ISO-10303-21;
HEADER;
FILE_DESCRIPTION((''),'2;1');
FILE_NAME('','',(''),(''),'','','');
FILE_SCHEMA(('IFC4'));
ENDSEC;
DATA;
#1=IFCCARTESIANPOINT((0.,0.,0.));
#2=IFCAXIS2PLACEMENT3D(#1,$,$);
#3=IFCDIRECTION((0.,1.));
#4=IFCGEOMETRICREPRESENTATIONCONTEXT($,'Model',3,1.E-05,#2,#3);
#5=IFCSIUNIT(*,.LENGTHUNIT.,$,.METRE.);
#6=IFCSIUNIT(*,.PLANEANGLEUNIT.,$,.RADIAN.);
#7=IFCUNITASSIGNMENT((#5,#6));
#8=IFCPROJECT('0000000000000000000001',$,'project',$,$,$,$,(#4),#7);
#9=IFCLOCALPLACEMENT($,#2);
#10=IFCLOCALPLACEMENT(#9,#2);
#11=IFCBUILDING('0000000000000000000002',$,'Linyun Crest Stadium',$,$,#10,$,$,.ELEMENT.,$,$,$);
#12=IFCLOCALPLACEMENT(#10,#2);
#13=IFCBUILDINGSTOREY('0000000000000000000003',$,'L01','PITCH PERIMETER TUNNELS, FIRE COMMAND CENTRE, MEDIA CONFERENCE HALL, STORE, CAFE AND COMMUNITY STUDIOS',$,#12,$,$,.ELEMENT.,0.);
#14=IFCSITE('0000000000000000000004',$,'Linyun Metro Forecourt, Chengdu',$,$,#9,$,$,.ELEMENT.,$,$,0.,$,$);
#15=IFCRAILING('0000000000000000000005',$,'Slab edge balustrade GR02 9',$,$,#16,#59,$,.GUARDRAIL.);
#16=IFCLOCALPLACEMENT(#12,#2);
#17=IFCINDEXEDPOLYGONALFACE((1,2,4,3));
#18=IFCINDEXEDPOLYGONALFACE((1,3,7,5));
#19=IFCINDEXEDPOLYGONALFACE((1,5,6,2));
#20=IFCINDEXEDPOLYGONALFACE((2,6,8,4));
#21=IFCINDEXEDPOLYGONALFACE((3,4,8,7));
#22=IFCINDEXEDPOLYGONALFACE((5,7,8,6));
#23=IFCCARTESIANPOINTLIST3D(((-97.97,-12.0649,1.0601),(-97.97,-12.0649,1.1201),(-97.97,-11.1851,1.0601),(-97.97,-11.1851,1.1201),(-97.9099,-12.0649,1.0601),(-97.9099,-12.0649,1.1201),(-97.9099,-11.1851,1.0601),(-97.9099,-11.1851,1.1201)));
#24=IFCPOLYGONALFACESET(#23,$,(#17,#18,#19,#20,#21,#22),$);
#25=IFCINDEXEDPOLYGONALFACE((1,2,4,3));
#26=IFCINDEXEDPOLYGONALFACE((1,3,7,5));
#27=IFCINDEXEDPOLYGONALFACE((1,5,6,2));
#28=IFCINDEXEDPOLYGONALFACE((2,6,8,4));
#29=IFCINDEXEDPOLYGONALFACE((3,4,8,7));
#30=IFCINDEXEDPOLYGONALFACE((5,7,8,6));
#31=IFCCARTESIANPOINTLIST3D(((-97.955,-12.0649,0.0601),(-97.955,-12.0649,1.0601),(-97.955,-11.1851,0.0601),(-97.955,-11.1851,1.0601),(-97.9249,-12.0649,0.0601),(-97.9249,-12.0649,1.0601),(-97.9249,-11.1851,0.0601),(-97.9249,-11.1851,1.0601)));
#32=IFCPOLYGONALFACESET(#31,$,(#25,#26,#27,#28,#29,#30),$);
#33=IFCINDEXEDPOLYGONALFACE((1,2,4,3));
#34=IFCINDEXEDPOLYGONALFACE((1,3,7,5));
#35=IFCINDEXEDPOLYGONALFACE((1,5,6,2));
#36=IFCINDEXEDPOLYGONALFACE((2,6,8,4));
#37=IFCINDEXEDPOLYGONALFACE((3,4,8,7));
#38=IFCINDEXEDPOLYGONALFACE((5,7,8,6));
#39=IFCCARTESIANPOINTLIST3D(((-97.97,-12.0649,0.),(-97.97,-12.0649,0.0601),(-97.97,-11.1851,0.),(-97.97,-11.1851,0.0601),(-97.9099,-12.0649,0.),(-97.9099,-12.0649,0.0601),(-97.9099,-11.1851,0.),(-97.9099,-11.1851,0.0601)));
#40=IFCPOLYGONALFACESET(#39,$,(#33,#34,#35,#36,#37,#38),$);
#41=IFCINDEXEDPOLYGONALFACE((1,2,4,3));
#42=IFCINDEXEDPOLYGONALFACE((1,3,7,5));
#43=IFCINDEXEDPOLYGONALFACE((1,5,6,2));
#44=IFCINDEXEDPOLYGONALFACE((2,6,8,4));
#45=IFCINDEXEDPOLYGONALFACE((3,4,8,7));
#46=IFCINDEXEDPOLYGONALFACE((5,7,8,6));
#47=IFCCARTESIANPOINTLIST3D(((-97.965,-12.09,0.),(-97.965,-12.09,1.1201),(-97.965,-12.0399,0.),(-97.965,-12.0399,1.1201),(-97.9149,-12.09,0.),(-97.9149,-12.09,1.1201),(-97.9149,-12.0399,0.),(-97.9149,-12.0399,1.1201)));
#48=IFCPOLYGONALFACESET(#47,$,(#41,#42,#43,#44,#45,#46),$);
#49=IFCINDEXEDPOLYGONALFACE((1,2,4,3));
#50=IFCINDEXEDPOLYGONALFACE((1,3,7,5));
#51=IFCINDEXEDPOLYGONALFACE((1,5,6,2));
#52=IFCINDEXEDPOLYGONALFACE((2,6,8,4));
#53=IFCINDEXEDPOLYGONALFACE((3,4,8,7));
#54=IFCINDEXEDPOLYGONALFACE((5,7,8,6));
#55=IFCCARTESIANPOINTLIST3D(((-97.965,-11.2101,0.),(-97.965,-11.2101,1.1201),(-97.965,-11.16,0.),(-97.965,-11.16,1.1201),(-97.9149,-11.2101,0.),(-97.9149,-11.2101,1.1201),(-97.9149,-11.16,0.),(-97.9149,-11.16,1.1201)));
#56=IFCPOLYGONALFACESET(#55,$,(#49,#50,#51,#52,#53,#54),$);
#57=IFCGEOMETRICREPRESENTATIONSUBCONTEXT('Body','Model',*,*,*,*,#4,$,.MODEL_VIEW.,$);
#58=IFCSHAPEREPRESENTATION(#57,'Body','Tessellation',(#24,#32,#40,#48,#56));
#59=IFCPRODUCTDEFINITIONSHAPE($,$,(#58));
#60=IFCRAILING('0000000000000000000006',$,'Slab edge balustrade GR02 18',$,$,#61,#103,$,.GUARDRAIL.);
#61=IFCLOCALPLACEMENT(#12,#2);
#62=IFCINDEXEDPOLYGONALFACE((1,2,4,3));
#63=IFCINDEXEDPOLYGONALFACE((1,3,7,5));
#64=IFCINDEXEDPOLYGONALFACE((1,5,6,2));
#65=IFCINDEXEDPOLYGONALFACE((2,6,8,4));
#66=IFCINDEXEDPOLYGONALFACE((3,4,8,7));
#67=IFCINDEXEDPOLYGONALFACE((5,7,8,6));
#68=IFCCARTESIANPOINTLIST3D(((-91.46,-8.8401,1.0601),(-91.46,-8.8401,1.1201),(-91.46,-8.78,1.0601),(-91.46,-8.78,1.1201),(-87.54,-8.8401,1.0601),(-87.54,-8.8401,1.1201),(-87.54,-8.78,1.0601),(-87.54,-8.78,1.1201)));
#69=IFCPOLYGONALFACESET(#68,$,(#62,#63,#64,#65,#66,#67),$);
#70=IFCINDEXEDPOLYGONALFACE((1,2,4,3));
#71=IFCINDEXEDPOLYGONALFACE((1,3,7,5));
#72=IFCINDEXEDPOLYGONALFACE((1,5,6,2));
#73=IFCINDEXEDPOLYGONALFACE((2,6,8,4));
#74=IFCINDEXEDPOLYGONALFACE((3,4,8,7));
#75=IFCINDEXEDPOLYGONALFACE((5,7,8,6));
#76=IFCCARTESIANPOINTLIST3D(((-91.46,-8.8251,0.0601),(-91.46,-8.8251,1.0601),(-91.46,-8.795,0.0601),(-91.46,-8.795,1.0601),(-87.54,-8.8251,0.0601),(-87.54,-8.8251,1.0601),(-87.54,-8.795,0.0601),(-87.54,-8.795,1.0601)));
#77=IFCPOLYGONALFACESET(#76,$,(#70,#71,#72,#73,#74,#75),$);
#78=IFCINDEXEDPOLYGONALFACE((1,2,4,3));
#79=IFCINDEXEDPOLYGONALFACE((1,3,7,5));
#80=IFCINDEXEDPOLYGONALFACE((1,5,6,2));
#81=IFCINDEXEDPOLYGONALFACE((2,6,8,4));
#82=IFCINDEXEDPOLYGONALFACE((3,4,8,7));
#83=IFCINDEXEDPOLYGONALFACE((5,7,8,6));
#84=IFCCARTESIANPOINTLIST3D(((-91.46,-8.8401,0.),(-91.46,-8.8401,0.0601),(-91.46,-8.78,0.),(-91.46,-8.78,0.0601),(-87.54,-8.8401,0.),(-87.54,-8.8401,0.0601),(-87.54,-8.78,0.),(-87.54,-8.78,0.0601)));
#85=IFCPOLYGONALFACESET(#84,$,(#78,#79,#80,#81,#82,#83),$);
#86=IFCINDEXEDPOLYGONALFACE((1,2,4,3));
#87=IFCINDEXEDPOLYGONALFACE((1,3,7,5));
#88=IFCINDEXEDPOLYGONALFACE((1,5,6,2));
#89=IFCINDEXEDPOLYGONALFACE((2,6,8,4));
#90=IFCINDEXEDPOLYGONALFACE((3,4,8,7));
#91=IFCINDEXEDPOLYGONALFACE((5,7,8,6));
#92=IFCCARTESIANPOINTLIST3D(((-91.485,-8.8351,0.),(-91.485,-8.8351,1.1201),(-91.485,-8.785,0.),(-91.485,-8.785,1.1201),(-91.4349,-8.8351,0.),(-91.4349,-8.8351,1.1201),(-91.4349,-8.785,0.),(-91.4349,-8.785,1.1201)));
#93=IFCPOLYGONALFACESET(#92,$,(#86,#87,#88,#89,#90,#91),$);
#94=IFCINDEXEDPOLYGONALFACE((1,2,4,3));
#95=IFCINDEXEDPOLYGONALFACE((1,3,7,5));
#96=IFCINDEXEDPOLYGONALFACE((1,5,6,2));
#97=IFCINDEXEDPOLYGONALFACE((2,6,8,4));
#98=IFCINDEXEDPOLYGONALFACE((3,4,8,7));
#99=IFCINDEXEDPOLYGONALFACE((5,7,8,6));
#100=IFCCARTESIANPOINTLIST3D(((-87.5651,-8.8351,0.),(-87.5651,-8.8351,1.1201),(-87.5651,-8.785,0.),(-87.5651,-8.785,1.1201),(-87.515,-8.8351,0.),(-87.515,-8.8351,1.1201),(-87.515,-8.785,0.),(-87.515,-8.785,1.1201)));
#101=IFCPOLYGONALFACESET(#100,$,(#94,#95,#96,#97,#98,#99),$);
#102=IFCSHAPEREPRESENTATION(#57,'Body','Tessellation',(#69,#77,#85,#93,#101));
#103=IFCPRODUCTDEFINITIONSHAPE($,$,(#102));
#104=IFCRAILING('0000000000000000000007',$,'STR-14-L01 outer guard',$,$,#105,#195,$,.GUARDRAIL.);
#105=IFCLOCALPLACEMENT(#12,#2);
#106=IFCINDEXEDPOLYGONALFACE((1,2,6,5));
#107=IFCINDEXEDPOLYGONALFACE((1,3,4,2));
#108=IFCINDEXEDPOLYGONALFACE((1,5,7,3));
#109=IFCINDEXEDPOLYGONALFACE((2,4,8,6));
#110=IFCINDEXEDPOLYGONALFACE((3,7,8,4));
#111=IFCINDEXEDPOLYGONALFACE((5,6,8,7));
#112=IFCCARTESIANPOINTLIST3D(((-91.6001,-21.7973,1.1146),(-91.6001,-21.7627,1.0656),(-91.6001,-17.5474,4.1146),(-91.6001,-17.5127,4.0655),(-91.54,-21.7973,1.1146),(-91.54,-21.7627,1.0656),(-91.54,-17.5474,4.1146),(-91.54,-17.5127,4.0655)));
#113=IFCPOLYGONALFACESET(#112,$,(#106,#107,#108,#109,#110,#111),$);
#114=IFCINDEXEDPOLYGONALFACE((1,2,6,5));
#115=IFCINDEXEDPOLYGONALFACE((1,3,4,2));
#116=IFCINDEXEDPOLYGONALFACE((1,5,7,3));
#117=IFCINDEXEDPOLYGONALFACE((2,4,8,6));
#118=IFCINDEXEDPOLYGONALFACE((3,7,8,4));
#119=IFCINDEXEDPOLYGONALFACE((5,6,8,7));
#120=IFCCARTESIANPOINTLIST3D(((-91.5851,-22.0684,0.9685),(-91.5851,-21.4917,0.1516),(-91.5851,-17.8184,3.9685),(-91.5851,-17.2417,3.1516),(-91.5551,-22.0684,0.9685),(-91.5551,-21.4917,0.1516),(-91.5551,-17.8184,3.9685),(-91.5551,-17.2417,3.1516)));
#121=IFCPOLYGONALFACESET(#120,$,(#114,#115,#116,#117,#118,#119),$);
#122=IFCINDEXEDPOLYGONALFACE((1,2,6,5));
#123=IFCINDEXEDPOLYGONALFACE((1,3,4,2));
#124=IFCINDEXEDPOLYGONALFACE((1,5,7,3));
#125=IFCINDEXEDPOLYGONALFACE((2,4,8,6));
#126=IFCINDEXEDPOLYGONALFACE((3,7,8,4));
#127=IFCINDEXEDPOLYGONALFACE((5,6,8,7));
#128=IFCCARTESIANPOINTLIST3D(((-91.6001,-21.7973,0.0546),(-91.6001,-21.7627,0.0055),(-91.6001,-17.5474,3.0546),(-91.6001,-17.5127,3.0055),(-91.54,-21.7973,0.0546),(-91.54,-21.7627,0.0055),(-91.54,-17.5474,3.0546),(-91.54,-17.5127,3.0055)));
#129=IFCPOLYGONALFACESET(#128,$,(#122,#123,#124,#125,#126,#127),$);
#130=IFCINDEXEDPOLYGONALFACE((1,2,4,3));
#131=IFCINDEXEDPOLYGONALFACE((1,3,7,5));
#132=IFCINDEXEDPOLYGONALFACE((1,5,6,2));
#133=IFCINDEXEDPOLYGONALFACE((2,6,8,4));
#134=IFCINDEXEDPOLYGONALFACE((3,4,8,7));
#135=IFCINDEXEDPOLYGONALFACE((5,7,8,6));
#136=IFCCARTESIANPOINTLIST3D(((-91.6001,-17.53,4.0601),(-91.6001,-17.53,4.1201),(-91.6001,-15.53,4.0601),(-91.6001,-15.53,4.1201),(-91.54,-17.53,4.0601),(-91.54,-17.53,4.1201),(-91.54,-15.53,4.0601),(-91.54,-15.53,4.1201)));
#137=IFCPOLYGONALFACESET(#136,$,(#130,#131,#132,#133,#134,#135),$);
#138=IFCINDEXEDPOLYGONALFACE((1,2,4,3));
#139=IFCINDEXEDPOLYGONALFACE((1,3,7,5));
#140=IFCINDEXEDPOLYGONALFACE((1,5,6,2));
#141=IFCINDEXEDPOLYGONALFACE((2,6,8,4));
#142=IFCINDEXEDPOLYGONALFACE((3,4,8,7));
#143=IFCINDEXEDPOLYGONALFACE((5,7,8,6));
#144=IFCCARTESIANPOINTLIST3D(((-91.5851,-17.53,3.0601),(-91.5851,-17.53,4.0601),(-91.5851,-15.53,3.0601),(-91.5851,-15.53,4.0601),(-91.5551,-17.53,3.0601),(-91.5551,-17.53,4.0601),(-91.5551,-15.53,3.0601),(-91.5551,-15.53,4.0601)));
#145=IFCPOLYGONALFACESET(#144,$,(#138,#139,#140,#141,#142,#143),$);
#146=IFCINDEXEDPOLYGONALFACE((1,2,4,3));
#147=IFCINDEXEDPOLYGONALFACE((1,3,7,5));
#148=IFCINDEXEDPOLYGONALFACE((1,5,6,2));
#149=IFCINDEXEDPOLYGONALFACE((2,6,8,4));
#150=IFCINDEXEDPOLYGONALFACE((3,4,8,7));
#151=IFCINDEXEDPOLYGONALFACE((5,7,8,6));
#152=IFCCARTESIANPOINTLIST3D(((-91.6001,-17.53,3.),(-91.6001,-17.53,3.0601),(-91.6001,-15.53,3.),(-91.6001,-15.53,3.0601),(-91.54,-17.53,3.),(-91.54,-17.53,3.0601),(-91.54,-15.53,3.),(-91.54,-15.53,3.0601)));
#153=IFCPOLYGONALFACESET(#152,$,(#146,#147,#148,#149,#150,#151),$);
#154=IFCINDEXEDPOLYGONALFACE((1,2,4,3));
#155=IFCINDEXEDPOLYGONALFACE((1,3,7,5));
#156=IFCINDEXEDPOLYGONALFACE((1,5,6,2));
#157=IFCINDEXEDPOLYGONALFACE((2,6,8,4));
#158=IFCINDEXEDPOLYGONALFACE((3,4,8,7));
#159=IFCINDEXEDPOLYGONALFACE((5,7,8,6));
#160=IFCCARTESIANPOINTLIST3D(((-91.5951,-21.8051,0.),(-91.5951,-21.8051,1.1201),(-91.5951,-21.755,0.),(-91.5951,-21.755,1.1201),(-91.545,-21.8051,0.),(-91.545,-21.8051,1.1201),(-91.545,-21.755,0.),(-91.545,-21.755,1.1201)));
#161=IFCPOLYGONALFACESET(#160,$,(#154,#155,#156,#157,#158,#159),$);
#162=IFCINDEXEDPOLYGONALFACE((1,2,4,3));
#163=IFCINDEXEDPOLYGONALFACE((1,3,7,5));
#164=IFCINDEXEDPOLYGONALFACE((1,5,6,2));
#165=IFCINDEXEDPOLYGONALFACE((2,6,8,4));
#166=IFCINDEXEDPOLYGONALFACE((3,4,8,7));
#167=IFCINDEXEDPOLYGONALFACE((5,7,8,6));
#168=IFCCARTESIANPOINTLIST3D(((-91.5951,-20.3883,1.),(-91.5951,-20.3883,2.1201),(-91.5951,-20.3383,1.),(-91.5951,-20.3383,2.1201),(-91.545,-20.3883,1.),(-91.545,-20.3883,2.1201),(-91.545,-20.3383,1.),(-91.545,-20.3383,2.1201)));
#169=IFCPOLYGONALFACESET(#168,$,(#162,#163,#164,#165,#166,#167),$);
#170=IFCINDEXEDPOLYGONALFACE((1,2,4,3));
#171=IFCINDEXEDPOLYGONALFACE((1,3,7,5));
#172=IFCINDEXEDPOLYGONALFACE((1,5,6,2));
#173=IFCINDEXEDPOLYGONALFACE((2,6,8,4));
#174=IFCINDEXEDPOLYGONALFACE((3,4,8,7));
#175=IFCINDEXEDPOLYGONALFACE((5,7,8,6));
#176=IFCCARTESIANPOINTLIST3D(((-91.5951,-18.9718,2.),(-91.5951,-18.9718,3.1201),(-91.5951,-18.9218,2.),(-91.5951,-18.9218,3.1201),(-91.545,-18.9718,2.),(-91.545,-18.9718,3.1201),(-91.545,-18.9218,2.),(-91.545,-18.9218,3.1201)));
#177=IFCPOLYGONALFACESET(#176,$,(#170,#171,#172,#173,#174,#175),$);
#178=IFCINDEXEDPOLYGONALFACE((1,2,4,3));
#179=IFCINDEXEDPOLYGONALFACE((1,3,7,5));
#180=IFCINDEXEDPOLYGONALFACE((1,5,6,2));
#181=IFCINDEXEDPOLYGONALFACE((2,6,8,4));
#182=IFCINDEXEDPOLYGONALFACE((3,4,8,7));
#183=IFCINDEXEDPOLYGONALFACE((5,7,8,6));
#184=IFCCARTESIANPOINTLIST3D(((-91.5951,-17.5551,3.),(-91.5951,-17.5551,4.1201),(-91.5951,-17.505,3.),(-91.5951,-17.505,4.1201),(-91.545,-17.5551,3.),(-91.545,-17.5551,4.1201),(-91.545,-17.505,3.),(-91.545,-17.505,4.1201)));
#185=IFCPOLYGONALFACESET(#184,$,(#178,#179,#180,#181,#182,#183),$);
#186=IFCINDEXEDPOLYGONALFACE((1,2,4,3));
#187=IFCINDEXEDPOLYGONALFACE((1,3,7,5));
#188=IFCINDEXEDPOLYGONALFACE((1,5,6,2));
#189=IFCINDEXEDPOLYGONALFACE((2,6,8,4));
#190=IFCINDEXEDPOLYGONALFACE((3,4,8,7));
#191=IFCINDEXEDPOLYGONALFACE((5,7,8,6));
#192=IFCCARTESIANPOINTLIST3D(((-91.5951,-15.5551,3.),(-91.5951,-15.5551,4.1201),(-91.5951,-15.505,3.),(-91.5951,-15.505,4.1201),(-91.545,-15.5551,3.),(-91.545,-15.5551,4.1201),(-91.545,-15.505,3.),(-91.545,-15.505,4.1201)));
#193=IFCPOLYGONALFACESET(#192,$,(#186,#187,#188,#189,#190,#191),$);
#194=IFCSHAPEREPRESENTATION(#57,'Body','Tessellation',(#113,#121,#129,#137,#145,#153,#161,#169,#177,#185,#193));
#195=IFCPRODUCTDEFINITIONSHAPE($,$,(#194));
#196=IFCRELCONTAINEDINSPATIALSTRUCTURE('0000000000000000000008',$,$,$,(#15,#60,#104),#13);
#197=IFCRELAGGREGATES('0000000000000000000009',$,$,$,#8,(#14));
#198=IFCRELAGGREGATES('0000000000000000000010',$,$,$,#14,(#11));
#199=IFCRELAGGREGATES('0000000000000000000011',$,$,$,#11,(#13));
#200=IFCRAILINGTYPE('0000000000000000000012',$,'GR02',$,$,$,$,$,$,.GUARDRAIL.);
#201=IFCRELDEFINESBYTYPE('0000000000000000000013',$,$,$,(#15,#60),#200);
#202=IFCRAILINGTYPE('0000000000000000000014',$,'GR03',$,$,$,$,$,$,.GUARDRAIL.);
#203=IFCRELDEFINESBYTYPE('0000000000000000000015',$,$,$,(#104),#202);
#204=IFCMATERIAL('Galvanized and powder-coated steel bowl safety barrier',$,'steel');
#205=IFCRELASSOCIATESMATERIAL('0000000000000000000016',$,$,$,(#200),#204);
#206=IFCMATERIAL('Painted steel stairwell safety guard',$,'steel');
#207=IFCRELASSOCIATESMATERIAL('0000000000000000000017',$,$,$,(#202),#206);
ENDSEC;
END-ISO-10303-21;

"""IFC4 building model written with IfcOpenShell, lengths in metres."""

from ifc_helpers import new_model, si_unit, direction, frame, origin, origin_2d, place, context, subcontext, project, spatial, rectangle, extrude, material, type_object, element, save


model = new_model("IFC4")

# Units and contexts
model_context = context("Model", 3, precision=1e-05, world=origin(), true_north=direction((0.0, 1.0)))
body_context = subcontext(model_context, "Body", "Model", "MODEL_VIEW")
ifc_project = project(units=[si_unit("LENGTHUNIT", "METRE"), si_unit("PLANEANGLEUNIT", "RADIAN")], contexts=[model_context])

# Site, building, storey
site_placement = place(None, origin())
site = spatial("IfcSite", under=ifc_project, at=site_placement, Name="Linyun Metro Forecourt, Chengdu", CompositionType="ELEMENT", RefElevation=0.0)
building_placement = place(site_placement, origin())
building = spatial("IfcBuilding", under=site, at=building_placement, Name="Linyun Crest Stadium", CompositionType="ELEMENT")
storey_placement = place(building_placement, origin())
storey = spatial("IfcBuildingStorey", under=building, at=storey_placement, Name="L01", Description="PITCH PERIMETER TUNNELS, FIRE COMMAND CENTRE, MEDIA CONFERENCE HALL, STORE, CAFE AND COMMUNITY STUDIOS", CompositionType="ELEMENT", Elevation=0.0)

# Railings
ifc_material_1 = material(Name="Galvanized and powder-coated steel bowl safety barrier", Category="steel")
railing_type_1 = type_object("IfcRailingType", Name="GR02", PredefinedType="GUARDRAIL", material=ifc_material_1)
railing_1_placement = place(storey_placement, frame((-97.9399, -12.0649, 0.0)))
element("IfcRailing", 1, at=railing_1_placement, inside=storey, type_object=railing_type_1, Name="Slab edge balustrade GR02 9", PredefinedType="GUARDRAIL", context=body_context, shape_type="SweptSolid", body=[
    extrude(rectangle(XDim=0.0601, YDim=0.0601, at=origin_2d()), frame((0.0, 0.0, 1.0901), z_axis=(0.0, 1.0, 0.0), x_axis=(-1.0, 0.0, 0.0)), (0.0, 0.0, 1.0), 0.8799),
    extrude(rectangle(XDim=0.03, YDim=1.0, at=origin_2d()), frame((0.0, 0.0, 0.5601), z_axis=(0.0, 1.0, 0.0), x_axis=(-1.0, 0.0, 0.0)), (0.0, 0.0, 1.0), 0.8799),
    extrude(rectangle(XDim=0.0601, YDim=0.0601, at=origin_2d()), frame((0.0, 0.0, 0.03), z_axis=(0.0, 1.0, 0.0), x_axis=(-1.0, 0.0, 0.0)), (0.0, 0.0, 1.0), 0.8799),
    extrude(rectangle(XDim=0.05, YDim=0.05, at=origin_2d()), origin(), (0.0, 0.0, 1.0), 1.1201),
    extrude(rectangle(XDim=0.05, YDim=0.05, at=origin_2d()), frame((0.0, 0.8799, 0.0)), (0.0, 0.0, 1.0), 1.1201),
])
railing_2_placement = place(storey_placement, frame((-91.46, -8.8101, 0.0)))
element("IfcRailing", 2, at=railing_2_placement, inside=storey, type_object=railing_type_1, Name="Slab edge balustrade GR02 18", PredefinedType="GUARDRAIL", context=body_context, shape_type="SweptSolid", body=[
    extrude(rectangle(XDim=0.0601, YDim=0.0601, at=origin_2d()), frame((0.0, 0.0, 1.0901), z_axis=(1.0, 0.0, 0.0), x_axis=(0.0, 1.0, 0.0)), (0.0, 0.0, 1.0), 3.9199),
    extrude(rectangle(XDim=0.03, YDim=1.0, at=origin_2d()), frame((0.0, 0.0, 0.5601), z_axis=(1.0, 0.0, 0.0), x_axis=(0.0, 1.0, 0.0)), (0.0, 0.0, 1.0), 3.9199),
    extrude(rectangle(XDim=0.0601, YDim=0.0601, at=origin_2d()), frame((0.0, 0.0, 0.03), z_axis=(1.0, 0.0, 0.0), x_axis=(0.0, 1.0, 0.0)), (0.0, 0.0, 1.0), 3.9199),
    extrude(rectangle(XDim=0.05, YDim=0.05, at=origin_2d()), origin(), (0.0, 0.0, 1.0), 1.1201),
    extrude(rectangle(XDim=0.05, YDim=0.05, at=origin_2d()), frame((3.9199, 0.0, 0.0)), (0.0, 0.0, 1.0), 1.1201),
])
ifc_material_2 = material(Name="Painted steel stairwell safety guard", Category="steel")
railing_type_2 = type_object("IfcRailingType", Name="GR03", PredefinedType="GUARDRAIL", material=ifc_material_2)
railing_3_placement = place(storey_placement, frame((-91.5701, -21.78, 0.0)))
element("IfcRailing", 3, at=railing_3_placement, inside=storey, type_object=railing_type_2, Name="STR-14-L01 outer guard", PredefinedType="GUARDRAIL", context=body_context, shape_type="SweptSolid", body=[
    extrude(rectangle(XDim=0.0601, YDim=0.0601, at=origin_2d()), frame((0.0, 0.0, 1.0901), z_axis=(0.0, 0.816968, 0.576683), x_axis=(-1.0, 0.0, 0.0)), (0.0, 0.0, 1.0), 5.2021),
    extrude(rectangle(XDim=0.03, YDim=1.0, at=origin_2d()), frame((0.0, 0.0, 0.5601), z_axis=(0.0, 0.816968, 0.576683), x_axis=(-1.0, 0.0, 0.0)), (0.0, 0.0, 1.0), 5.2021),
    extrude(rectangle(XDim=0.0601, YDim=0.0601, at=origin_2d()), frame((0.0, 0.0, 0.03), z_axis=(0.0, 0.816968, 0.576683), x_axis=(-1.0, 0.0, 0.0)), (0.0, 0.0, 1.0), 5.2021),
    extrude(rectangle(XDim=0.0601, YDim=0.0601, at=origin_2d()), frame((0.0, 4.25, 4.0901), z_axis=(0.0, 1.0, 0.0), x_axis=(-1.0, 0.0, 0.0)), (0.0, 0.0, 1.0), 2.0),
    extrude(rectangle(XDim=0.03, YDim=1.0, at=origin_2d()), frame((0.0, 4.25, 3.5601), z_axis=(0.0, 1.0, 0.0), x_axis=(-1.0, 0.0, 0.0)), (0.0, 0.0, 1.0), 2.0),
    extrude(rectangle(XDim=0.0601, YDim=0.0601, at=origin_2d()), frame((0.0, 4.25, 3.03), z_axis=(0.0, 1.0, 0.0), x_axis=(-1.0, 0.0, 0.0)), (0.0, 0.0, 1.0), 2.0),
    extrude(rectangle(XDim=0.05, YDim=0.05, at=origin_2d()), origin(), (0.0, 0.0, 1.0), 1.1201),
    extrude(rectangle(XDim=0.05, YDim=0.05, at=origin_2d()), frame((0.0, 1.4167, 1.0)), (0.0, 0.0, 1.0), 1.1201),
    extrude(rectangle(XDim=0.05, YDim=0.05, at=origin_2d()), frame((0.0, 2.8333, 2.0)), (0.0, 0.0, 1.0), 1.1201),
    extrude(rectangle(XDim=0.05, YDim=0.05, at=origin_2d()), frame((0.0, 4.25, 3.0)), (0.0, 0.0, 1.0), 1.1201),
    extrude(rectangle(XDim=0.05, YDim=0.05, at=origin_2d()), frame((0.0, 6.25, 3.0)), (0.0, 0.0, 1.0), 1.1201),
])

save(model, "model.ifc")
